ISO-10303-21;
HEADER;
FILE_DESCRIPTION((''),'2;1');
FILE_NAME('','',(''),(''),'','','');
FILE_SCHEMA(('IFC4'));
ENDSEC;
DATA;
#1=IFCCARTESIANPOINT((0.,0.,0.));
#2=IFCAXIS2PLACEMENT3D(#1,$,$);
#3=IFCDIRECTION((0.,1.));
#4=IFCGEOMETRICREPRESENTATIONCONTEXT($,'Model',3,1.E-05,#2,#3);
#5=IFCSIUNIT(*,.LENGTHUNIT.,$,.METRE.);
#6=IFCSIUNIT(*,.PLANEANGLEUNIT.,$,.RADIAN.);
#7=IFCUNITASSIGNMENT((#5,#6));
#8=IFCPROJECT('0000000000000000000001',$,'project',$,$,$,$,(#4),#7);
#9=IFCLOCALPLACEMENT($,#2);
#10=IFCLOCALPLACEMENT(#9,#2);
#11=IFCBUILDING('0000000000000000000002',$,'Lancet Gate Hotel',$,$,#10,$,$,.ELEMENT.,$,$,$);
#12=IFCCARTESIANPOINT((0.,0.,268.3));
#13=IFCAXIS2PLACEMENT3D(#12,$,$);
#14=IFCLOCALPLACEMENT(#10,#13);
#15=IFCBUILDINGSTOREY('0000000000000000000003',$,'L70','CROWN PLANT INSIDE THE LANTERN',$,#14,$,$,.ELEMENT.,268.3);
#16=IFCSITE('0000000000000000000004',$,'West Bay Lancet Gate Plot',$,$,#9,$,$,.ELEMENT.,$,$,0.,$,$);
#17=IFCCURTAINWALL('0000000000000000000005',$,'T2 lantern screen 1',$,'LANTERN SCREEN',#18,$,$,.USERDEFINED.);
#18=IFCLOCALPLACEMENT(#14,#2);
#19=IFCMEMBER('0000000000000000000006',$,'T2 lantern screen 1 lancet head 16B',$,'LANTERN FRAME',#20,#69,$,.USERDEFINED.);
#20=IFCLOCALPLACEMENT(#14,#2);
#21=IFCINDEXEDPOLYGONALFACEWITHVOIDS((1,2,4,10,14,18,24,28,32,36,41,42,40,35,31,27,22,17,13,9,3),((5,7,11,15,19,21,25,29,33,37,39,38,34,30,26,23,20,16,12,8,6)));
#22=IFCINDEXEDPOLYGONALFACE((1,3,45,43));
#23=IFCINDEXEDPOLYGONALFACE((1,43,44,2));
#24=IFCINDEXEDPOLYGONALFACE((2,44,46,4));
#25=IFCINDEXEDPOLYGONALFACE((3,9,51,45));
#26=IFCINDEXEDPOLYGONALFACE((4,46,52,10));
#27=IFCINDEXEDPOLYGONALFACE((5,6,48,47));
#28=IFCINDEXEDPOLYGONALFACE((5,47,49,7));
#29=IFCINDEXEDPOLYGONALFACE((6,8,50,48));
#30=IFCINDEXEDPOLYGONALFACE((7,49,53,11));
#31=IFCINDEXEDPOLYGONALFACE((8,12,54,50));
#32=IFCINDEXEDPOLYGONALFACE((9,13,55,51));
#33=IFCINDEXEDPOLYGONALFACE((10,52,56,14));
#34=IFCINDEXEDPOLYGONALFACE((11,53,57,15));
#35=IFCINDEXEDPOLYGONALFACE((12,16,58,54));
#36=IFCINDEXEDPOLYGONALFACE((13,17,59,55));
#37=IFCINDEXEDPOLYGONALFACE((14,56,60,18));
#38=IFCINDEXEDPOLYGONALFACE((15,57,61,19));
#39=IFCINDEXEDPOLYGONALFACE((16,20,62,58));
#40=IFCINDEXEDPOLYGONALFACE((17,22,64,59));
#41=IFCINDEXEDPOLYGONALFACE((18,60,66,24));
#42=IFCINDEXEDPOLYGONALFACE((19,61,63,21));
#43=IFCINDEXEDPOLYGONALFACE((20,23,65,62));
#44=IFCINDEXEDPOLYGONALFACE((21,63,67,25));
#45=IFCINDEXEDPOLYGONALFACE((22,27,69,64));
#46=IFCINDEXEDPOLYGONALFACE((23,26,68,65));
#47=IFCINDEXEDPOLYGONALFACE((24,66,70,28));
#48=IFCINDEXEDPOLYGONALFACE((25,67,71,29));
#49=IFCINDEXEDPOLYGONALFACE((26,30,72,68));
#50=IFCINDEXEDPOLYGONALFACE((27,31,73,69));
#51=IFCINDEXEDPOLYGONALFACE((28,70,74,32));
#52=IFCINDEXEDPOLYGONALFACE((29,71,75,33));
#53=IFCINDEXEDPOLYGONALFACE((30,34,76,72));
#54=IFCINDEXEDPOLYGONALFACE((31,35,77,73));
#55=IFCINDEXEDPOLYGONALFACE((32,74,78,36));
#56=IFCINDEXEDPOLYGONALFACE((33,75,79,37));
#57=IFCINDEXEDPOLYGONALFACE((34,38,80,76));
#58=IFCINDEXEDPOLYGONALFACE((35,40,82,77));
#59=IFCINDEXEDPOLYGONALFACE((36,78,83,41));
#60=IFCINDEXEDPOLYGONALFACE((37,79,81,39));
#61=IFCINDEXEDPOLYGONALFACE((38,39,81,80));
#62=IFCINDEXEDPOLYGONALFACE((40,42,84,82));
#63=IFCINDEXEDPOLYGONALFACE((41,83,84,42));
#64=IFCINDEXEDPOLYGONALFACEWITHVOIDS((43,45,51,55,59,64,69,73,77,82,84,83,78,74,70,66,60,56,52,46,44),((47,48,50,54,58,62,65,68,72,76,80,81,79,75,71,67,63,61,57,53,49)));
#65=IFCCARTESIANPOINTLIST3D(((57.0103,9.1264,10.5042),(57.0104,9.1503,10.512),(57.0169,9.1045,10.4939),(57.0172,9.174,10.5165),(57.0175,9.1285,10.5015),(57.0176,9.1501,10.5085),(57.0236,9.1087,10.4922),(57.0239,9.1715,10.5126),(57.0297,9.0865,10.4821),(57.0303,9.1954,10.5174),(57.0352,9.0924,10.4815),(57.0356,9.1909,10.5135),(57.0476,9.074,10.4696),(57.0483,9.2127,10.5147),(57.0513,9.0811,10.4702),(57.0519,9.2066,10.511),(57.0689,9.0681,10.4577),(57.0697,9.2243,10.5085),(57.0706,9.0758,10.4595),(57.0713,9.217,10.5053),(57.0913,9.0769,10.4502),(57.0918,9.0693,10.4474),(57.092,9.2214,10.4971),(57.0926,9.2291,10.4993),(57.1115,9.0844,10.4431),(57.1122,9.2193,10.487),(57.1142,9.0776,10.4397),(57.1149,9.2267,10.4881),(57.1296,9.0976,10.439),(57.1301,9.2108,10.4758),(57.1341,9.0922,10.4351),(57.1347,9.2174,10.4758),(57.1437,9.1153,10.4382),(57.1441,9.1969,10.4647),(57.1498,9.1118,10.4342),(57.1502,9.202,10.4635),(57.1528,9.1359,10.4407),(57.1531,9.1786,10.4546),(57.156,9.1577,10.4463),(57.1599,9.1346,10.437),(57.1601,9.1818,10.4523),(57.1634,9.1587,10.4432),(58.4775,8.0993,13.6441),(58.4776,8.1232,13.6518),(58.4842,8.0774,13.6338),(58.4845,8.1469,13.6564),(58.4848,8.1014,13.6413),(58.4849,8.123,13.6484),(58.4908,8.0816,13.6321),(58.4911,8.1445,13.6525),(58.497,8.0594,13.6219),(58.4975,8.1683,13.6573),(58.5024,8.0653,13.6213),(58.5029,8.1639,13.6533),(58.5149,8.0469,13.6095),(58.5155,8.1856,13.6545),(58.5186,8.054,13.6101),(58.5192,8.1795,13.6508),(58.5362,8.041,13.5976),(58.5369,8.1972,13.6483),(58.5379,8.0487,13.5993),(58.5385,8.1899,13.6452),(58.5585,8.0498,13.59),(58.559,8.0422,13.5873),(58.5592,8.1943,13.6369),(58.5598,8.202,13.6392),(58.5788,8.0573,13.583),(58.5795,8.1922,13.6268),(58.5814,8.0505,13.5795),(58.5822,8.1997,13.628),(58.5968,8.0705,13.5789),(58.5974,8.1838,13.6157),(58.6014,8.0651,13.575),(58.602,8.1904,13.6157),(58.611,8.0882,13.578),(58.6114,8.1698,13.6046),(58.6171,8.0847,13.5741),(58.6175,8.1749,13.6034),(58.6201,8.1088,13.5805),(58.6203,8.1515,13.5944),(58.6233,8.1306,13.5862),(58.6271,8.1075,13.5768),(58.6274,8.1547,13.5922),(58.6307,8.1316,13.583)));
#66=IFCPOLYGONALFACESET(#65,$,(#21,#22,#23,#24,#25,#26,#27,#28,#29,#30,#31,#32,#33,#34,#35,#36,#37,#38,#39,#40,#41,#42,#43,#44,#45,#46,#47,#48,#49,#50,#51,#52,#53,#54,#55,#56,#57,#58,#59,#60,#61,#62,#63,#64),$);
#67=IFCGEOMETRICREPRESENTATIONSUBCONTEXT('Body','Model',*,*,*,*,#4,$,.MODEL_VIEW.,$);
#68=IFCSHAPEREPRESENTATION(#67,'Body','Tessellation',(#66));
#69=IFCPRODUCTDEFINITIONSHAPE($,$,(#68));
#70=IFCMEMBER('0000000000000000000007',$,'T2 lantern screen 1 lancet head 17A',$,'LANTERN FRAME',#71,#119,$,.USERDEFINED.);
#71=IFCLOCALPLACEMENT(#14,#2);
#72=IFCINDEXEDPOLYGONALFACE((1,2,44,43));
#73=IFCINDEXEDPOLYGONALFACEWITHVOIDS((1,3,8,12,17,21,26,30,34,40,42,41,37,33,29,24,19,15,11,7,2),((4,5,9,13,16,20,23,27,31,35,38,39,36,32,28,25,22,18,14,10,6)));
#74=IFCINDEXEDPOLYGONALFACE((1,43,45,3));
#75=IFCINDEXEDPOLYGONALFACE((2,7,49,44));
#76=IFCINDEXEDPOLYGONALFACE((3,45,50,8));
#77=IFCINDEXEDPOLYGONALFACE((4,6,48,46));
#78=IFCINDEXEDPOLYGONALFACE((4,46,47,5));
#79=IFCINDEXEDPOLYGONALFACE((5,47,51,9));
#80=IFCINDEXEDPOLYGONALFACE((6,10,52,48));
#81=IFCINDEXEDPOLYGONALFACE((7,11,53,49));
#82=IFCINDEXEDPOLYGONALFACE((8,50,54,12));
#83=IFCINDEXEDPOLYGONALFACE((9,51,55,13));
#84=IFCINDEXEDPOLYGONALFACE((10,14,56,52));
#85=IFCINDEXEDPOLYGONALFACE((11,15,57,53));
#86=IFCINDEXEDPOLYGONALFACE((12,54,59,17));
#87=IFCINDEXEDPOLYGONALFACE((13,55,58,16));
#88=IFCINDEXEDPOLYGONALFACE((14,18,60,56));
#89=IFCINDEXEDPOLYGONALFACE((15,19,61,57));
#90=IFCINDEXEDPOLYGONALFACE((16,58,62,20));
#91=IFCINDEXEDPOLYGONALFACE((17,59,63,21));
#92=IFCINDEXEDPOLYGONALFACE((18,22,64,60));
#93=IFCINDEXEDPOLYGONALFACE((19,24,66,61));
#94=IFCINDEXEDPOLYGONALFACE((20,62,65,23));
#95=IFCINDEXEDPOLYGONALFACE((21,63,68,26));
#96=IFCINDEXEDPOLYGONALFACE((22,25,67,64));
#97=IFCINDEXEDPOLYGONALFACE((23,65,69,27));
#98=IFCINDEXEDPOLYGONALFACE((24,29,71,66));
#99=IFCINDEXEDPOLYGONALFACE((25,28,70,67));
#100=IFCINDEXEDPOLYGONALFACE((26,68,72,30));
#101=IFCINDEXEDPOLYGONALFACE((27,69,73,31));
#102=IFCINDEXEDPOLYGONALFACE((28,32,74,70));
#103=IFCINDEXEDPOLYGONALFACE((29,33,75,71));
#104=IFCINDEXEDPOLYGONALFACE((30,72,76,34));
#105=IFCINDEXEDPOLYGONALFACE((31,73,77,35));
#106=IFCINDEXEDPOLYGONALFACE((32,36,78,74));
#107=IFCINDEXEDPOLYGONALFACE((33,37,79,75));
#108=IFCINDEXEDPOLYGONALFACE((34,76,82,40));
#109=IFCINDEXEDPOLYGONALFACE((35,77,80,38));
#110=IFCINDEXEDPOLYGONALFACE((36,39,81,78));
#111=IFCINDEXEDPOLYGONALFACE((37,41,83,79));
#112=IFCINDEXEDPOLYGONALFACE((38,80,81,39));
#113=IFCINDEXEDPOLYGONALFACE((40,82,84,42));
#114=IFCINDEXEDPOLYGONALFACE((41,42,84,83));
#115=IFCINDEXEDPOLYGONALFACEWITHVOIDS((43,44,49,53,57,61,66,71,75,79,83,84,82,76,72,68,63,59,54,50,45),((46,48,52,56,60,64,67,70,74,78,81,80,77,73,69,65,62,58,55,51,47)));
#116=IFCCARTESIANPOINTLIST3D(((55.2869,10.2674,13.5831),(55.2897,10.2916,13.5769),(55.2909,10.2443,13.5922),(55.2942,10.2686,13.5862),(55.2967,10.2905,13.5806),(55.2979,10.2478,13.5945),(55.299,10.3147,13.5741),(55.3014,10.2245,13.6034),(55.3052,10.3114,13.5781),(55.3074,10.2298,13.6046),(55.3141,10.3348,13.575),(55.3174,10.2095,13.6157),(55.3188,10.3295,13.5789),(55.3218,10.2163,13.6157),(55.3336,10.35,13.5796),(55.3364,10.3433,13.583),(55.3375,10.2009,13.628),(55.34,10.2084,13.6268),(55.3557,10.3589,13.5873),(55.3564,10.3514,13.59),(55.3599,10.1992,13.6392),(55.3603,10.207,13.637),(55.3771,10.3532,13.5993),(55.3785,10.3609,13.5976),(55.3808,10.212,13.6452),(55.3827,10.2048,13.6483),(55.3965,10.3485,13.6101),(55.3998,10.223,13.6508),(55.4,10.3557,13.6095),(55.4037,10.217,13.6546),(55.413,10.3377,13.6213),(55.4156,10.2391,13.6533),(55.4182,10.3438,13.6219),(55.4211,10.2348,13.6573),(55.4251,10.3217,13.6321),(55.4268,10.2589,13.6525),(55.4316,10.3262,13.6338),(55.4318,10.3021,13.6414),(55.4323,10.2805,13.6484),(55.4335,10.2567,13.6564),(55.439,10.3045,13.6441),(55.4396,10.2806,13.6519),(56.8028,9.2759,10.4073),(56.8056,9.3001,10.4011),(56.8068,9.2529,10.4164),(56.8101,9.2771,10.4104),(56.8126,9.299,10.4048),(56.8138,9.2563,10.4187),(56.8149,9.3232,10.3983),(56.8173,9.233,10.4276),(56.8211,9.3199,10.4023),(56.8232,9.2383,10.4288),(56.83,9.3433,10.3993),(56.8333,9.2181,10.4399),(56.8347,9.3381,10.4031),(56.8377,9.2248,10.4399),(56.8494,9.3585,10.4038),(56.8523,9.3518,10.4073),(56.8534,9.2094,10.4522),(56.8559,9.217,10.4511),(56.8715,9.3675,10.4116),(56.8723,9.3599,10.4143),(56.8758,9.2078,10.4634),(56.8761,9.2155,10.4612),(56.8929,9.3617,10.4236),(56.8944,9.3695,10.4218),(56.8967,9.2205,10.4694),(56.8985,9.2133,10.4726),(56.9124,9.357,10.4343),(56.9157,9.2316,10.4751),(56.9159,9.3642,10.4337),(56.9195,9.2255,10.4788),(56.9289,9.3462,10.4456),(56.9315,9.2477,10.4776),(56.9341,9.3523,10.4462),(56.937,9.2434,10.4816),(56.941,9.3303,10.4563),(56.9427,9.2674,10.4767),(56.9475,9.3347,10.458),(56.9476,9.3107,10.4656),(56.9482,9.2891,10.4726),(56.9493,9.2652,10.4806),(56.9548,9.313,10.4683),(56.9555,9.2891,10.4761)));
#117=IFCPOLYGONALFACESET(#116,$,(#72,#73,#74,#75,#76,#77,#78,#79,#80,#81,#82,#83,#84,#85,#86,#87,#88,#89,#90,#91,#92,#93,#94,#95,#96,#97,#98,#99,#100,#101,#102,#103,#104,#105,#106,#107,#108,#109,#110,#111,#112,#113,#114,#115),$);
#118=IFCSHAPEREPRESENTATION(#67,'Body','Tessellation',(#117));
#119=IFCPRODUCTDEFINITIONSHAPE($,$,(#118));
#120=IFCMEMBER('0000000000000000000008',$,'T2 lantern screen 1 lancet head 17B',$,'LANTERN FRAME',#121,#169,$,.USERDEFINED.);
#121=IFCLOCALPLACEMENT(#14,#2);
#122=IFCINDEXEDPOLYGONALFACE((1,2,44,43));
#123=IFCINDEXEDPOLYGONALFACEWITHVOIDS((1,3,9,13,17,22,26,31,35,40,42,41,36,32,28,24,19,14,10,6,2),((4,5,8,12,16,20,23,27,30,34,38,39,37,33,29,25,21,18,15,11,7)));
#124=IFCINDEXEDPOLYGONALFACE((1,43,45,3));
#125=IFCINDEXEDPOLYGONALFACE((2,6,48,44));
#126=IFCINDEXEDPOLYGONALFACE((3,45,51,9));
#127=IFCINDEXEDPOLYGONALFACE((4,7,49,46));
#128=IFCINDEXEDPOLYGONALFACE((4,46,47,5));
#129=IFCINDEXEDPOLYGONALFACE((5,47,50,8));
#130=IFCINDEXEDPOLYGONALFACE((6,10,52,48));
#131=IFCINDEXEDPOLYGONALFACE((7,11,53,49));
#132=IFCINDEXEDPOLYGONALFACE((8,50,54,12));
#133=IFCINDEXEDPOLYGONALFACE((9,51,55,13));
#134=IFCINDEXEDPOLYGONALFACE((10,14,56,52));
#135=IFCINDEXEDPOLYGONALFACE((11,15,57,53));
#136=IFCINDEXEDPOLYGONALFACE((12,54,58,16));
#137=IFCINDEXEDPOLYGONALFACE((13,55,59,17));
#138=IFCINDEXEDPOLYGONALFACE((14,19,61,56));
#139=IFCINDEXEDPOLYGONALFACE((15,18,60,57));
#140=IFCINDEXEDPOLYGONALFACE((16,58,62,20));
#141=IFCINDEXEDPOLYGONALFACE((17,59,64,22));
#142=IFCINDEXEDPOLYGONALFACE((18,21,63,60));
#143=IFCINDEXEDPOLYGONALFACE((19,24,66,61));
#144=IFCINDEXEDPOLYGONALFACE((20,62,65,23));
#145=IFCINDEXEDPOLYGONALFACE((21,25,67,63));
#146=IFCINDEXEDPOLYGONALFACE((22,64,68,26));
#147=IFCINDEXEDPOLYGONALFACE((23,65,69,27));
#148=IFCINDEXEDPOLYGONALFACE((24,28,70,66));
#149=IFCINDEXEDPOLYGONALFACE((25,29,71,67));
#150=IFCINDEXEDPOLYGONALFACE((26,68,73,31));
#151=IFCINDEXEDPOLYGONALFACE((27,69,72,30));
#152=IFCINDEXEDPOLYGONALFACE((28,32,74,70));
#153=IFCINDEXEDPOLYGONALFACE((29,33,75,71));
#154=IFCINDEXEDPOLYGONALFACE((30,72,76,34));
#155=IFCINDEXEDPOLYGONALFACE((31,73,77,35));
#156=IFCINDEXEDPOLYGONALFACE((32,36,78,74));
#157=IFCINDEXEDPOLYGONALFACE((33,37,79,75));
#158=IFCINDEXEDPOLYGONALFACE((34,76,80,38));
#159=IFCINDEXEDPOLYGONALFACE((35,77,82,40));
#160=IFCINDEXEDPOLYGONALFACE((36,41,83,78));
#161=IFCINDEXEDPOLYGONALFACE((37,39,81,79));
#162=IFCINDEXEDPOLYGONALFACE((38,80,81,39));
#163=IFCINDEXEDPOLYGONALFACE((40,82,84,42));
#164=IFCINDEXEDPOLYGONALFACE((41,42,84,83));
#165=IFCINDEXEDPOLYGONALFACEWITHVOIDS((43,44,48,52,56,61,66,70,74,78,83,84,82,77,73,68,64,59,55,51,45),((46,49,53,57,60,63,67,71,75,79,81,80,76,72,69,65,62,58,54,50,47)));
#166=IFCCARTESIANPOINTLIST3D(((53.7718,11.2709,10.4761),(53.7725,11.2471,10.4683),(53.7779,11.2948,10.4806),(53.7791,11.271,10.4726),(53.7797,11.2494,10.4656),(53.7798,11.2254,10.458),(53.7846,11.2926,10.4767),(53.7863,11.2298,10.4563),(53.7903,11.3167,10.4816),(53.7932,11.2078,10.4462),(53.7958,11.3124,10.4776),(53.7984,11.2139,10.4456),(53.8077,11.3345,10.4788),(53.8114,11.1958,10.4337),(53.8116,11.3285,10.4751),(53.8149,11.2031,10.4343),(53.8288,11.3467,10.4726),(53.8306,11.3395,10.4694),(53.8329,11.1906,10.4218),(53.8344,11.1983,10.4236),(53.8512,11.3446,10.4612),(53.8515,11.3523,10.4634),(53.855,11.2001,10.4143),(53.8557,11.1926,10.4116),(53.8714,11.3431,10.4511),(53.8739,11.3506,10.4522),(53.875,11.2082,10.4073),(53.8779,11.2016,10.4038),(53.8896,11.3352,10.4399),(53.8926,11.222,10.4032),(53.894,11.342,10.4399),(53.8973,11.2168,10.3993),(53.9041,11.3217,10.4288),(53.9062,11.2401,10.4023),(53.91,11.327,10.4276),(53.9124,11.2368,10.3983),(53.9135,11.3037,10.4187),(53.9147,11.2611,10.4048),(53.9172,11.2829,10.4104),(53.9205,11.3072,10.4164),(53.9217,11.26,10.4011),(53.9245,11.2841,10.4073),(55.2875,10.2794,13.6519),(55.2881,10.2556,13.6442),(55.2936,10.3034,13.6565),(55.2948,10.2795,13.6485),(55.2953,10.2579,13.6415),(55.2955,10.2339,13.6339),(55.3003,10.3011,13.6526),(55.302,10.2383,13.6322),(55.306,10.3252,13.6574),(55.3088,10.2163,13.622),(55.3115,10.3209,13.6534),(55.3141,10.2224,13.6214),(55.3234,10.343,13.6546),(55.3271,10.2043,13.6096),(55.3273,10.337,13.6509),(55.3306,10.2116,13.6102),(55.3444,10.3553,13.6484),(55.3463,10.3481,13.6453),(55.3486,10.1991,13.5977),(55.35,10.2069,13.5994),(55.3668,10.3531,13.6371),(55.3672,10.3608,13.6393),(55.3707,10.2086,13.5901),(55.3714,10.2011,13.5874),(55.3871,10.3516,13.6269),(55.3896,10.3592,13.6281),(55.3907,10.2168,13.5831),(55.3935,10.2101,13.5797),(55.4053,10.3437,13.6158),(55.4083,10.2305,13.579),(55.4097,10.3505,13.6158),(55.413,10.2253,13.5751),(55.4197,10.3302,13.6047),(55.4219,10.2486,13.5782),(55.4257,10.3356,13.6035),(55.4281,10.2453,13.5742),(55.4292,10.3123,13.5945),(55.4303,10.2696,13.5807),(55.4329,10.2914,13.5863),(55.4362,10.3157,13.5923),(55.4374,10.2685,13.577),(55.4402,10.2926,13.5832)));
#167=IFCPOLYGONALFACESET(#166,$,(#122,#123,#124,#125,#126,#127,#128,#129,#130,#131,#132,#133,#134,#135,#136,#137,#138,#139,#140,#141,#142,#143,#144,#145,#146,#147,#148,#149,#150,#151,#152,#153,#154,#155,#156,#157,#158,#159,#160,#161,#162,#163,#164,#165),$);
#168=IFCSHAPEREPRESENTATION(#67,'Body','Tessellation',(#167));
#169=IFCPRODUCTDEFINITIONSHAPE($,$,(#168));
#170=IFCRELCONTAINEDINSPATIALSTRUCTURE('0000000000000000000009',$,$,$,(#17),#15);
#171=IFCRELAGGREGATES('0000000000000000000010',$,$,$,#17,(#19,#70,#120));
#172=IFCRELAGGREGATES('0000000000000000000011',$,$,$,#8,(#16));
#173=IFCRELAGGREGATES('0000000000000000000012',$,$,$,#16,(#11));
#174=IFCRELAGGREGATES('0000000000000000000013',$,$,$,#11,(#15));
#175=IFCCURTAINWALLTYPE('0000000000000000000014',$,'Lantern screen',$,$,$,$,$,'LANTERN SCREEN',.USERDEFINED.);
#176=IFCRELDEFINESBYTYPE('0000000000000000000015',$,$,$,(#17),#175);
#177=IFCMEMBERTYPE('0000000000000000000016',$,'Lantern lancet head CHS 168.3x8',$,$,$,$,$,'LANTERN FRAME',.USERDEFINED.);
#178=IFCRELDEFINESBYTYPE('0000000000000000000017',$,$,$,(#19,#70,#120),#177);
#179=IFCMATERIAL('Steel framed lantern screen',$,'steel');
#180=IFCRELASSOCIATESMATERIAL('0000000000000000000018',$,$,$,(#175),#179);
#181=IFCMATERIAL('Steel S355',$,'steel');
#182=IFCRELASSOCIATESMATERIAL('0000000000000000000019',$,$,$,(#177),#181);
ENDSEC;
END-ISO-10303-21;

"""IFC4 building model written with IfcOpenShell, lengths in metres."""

from ifc_helpers import new_model, si_unit, direction, frame, origin, origin_2d, place, context, subcontext, project, spatial, hollow_circle, extrude, material, material_profile, profile_set, type_object, element, aggregate, save


model = new_model("IFC4")

# Units and contexts
model_context = context("Model", 3, precision=1e-05, world=origin(), true_north=direction((0.0, 1.0)))
body_context = subcontext(model_context, "Body", "Model", "MODEL_VIEW")
ifc_project = project(units=[si_unit("LENGTHUNIT", "METRE"), si_unit("PLANEANGLEUNIT", "RADIAN")], contexts=[model_context])

# Site, building, storey
site_placement = place(None, origin())
site = spatial("IfcSite", under=ifc_project, at=site_placement, Name="West Bay Lancet Gate Plot", CompositionType="ELEMENT", RefElevation=0.0)
building_placement = place(site_placement, origin())
building = spatial("IfcBuilding", under=site, at=building_placement, Name="Lancet Gate Hotel", CompositionType="ELEMENT")
storey_placement = place(building_placement, frame((0.0, 0.0, 268.3)))
storey = spatial("IfcBuildingStorey", under=building, at=storey_placement, Name="L70", Description="CROWN PLANT INSIDE THE LANTERN", CompositionType="ELEMENT", Elevation=268.3)

# Curtain wall, members
ifc_material_1 = material(Name="Steel framed lantern screen", Category="steel")
curtain_wall_type_1 = type_object("IfcCurtainWallType", Name="Lantern screen", ElementType="LANTERN SCREEN", PredefinedType="USERDEFINED", material=ifc_material_1)
curtain_wall_1_placement = place(storey_placement, origin())
curtain_wall_1 = element("IfcCurtainWall", 1, at=curtain_wall_1_placement, inside=storey, type_object=curtain_wall_type_1, Name="T2 lantern screen 1", ObjectType="LANTERN SCREEN", PredefinedType="USERDEFINED")
ifc_material_2 = material(Name="Steel S355", Category="steel")
ifc_material_profile_1 = material_profile(ifc_material_2, hollow_circle(Radius=0.0842, WallThickness=0.0081, at=origin_2d()), Name="CHS 168.3x8.0")
ifc_profile_set_1 = profile_set([ifc_material_profile_1], Name="Steel S355")
member_type_1 = type_object("IfcMemberType", Name="Lantern lancet head CHS 168.3x8", ElementType="LANTERN FRAME", PredefinedType="USERDEFINED", material=ifc_profile_set_1)
member_1_placement = place(storey_placement, frame((57.0864, 9.1484, 10.4758), z_axis=(0.40591, -0.284137, 0.868621), x_axis=(0.573462, 0.819232, 0.0)))
member_1 = element("IfcMember", 2, at=member_1_placement, type_object=member_type_1, Name="T2 lantern screen 1 lancet head 16B", ObjectType="LANTERN FRAME", PredefinedType="USERDEFINED", context=body_context, shape_type="SweptSolid", body=[
    extrude(hollow_circle(Radius=0.0842, WallThickness=0.0081, at=origin_2d()), origin(), (0.0, 0.0, 1.0), 3.6147),
])
member_2_placement = place(storey_placement, frame((56.8794, 9.2886, 10.4399), z_axis=(-0.414624, 0.271185, 0.868646), x_axis=(-0.547369, -0.836891, 0.0)))
member_2 = element("IfcMember", 3, at=member_2_placement, type_object=member_type_1, Name="T2 lantern screen 1 lancet head 17A", ObjectType="LANTERN FRAME", PredefinedType="USERDEFINED", context=body_context, shape_type="SweptSolid", body=[
    extrude(hollow_circle(Radius=0.0842, WallThickness=0.0081, at=origin_2d()), origin(), (0.0, 0.0, 1.0), 3.656),
])
member_3_placement = place(storey_placement, frame((53.8479, 11.2715, 10.4399), z_axis=(0.414568, -0.271192, 0.86867), x_axis=(0.547431, 0.836851, 0.0)))
member_3 = element("IfcMember", 4, at=member_3_placement, type_object=member_type_1, Name="T2 lantern screen 1 lancet head 17B", ObjectType="LANTERN FRAME", PredefinedType="USERDEFINED", context=body_context, shape_type="SweptSolid", body=[
    extrude(hollow_circle(Radius=0.0842, WallThickness=0.0081, at=origin_2d()), origin(), (0.0, 0.0, 1.0), 3.656),
])

aggregate(curtain_wall_1, [member_1, member_2, member_3])

save(model, "model.ifc")
